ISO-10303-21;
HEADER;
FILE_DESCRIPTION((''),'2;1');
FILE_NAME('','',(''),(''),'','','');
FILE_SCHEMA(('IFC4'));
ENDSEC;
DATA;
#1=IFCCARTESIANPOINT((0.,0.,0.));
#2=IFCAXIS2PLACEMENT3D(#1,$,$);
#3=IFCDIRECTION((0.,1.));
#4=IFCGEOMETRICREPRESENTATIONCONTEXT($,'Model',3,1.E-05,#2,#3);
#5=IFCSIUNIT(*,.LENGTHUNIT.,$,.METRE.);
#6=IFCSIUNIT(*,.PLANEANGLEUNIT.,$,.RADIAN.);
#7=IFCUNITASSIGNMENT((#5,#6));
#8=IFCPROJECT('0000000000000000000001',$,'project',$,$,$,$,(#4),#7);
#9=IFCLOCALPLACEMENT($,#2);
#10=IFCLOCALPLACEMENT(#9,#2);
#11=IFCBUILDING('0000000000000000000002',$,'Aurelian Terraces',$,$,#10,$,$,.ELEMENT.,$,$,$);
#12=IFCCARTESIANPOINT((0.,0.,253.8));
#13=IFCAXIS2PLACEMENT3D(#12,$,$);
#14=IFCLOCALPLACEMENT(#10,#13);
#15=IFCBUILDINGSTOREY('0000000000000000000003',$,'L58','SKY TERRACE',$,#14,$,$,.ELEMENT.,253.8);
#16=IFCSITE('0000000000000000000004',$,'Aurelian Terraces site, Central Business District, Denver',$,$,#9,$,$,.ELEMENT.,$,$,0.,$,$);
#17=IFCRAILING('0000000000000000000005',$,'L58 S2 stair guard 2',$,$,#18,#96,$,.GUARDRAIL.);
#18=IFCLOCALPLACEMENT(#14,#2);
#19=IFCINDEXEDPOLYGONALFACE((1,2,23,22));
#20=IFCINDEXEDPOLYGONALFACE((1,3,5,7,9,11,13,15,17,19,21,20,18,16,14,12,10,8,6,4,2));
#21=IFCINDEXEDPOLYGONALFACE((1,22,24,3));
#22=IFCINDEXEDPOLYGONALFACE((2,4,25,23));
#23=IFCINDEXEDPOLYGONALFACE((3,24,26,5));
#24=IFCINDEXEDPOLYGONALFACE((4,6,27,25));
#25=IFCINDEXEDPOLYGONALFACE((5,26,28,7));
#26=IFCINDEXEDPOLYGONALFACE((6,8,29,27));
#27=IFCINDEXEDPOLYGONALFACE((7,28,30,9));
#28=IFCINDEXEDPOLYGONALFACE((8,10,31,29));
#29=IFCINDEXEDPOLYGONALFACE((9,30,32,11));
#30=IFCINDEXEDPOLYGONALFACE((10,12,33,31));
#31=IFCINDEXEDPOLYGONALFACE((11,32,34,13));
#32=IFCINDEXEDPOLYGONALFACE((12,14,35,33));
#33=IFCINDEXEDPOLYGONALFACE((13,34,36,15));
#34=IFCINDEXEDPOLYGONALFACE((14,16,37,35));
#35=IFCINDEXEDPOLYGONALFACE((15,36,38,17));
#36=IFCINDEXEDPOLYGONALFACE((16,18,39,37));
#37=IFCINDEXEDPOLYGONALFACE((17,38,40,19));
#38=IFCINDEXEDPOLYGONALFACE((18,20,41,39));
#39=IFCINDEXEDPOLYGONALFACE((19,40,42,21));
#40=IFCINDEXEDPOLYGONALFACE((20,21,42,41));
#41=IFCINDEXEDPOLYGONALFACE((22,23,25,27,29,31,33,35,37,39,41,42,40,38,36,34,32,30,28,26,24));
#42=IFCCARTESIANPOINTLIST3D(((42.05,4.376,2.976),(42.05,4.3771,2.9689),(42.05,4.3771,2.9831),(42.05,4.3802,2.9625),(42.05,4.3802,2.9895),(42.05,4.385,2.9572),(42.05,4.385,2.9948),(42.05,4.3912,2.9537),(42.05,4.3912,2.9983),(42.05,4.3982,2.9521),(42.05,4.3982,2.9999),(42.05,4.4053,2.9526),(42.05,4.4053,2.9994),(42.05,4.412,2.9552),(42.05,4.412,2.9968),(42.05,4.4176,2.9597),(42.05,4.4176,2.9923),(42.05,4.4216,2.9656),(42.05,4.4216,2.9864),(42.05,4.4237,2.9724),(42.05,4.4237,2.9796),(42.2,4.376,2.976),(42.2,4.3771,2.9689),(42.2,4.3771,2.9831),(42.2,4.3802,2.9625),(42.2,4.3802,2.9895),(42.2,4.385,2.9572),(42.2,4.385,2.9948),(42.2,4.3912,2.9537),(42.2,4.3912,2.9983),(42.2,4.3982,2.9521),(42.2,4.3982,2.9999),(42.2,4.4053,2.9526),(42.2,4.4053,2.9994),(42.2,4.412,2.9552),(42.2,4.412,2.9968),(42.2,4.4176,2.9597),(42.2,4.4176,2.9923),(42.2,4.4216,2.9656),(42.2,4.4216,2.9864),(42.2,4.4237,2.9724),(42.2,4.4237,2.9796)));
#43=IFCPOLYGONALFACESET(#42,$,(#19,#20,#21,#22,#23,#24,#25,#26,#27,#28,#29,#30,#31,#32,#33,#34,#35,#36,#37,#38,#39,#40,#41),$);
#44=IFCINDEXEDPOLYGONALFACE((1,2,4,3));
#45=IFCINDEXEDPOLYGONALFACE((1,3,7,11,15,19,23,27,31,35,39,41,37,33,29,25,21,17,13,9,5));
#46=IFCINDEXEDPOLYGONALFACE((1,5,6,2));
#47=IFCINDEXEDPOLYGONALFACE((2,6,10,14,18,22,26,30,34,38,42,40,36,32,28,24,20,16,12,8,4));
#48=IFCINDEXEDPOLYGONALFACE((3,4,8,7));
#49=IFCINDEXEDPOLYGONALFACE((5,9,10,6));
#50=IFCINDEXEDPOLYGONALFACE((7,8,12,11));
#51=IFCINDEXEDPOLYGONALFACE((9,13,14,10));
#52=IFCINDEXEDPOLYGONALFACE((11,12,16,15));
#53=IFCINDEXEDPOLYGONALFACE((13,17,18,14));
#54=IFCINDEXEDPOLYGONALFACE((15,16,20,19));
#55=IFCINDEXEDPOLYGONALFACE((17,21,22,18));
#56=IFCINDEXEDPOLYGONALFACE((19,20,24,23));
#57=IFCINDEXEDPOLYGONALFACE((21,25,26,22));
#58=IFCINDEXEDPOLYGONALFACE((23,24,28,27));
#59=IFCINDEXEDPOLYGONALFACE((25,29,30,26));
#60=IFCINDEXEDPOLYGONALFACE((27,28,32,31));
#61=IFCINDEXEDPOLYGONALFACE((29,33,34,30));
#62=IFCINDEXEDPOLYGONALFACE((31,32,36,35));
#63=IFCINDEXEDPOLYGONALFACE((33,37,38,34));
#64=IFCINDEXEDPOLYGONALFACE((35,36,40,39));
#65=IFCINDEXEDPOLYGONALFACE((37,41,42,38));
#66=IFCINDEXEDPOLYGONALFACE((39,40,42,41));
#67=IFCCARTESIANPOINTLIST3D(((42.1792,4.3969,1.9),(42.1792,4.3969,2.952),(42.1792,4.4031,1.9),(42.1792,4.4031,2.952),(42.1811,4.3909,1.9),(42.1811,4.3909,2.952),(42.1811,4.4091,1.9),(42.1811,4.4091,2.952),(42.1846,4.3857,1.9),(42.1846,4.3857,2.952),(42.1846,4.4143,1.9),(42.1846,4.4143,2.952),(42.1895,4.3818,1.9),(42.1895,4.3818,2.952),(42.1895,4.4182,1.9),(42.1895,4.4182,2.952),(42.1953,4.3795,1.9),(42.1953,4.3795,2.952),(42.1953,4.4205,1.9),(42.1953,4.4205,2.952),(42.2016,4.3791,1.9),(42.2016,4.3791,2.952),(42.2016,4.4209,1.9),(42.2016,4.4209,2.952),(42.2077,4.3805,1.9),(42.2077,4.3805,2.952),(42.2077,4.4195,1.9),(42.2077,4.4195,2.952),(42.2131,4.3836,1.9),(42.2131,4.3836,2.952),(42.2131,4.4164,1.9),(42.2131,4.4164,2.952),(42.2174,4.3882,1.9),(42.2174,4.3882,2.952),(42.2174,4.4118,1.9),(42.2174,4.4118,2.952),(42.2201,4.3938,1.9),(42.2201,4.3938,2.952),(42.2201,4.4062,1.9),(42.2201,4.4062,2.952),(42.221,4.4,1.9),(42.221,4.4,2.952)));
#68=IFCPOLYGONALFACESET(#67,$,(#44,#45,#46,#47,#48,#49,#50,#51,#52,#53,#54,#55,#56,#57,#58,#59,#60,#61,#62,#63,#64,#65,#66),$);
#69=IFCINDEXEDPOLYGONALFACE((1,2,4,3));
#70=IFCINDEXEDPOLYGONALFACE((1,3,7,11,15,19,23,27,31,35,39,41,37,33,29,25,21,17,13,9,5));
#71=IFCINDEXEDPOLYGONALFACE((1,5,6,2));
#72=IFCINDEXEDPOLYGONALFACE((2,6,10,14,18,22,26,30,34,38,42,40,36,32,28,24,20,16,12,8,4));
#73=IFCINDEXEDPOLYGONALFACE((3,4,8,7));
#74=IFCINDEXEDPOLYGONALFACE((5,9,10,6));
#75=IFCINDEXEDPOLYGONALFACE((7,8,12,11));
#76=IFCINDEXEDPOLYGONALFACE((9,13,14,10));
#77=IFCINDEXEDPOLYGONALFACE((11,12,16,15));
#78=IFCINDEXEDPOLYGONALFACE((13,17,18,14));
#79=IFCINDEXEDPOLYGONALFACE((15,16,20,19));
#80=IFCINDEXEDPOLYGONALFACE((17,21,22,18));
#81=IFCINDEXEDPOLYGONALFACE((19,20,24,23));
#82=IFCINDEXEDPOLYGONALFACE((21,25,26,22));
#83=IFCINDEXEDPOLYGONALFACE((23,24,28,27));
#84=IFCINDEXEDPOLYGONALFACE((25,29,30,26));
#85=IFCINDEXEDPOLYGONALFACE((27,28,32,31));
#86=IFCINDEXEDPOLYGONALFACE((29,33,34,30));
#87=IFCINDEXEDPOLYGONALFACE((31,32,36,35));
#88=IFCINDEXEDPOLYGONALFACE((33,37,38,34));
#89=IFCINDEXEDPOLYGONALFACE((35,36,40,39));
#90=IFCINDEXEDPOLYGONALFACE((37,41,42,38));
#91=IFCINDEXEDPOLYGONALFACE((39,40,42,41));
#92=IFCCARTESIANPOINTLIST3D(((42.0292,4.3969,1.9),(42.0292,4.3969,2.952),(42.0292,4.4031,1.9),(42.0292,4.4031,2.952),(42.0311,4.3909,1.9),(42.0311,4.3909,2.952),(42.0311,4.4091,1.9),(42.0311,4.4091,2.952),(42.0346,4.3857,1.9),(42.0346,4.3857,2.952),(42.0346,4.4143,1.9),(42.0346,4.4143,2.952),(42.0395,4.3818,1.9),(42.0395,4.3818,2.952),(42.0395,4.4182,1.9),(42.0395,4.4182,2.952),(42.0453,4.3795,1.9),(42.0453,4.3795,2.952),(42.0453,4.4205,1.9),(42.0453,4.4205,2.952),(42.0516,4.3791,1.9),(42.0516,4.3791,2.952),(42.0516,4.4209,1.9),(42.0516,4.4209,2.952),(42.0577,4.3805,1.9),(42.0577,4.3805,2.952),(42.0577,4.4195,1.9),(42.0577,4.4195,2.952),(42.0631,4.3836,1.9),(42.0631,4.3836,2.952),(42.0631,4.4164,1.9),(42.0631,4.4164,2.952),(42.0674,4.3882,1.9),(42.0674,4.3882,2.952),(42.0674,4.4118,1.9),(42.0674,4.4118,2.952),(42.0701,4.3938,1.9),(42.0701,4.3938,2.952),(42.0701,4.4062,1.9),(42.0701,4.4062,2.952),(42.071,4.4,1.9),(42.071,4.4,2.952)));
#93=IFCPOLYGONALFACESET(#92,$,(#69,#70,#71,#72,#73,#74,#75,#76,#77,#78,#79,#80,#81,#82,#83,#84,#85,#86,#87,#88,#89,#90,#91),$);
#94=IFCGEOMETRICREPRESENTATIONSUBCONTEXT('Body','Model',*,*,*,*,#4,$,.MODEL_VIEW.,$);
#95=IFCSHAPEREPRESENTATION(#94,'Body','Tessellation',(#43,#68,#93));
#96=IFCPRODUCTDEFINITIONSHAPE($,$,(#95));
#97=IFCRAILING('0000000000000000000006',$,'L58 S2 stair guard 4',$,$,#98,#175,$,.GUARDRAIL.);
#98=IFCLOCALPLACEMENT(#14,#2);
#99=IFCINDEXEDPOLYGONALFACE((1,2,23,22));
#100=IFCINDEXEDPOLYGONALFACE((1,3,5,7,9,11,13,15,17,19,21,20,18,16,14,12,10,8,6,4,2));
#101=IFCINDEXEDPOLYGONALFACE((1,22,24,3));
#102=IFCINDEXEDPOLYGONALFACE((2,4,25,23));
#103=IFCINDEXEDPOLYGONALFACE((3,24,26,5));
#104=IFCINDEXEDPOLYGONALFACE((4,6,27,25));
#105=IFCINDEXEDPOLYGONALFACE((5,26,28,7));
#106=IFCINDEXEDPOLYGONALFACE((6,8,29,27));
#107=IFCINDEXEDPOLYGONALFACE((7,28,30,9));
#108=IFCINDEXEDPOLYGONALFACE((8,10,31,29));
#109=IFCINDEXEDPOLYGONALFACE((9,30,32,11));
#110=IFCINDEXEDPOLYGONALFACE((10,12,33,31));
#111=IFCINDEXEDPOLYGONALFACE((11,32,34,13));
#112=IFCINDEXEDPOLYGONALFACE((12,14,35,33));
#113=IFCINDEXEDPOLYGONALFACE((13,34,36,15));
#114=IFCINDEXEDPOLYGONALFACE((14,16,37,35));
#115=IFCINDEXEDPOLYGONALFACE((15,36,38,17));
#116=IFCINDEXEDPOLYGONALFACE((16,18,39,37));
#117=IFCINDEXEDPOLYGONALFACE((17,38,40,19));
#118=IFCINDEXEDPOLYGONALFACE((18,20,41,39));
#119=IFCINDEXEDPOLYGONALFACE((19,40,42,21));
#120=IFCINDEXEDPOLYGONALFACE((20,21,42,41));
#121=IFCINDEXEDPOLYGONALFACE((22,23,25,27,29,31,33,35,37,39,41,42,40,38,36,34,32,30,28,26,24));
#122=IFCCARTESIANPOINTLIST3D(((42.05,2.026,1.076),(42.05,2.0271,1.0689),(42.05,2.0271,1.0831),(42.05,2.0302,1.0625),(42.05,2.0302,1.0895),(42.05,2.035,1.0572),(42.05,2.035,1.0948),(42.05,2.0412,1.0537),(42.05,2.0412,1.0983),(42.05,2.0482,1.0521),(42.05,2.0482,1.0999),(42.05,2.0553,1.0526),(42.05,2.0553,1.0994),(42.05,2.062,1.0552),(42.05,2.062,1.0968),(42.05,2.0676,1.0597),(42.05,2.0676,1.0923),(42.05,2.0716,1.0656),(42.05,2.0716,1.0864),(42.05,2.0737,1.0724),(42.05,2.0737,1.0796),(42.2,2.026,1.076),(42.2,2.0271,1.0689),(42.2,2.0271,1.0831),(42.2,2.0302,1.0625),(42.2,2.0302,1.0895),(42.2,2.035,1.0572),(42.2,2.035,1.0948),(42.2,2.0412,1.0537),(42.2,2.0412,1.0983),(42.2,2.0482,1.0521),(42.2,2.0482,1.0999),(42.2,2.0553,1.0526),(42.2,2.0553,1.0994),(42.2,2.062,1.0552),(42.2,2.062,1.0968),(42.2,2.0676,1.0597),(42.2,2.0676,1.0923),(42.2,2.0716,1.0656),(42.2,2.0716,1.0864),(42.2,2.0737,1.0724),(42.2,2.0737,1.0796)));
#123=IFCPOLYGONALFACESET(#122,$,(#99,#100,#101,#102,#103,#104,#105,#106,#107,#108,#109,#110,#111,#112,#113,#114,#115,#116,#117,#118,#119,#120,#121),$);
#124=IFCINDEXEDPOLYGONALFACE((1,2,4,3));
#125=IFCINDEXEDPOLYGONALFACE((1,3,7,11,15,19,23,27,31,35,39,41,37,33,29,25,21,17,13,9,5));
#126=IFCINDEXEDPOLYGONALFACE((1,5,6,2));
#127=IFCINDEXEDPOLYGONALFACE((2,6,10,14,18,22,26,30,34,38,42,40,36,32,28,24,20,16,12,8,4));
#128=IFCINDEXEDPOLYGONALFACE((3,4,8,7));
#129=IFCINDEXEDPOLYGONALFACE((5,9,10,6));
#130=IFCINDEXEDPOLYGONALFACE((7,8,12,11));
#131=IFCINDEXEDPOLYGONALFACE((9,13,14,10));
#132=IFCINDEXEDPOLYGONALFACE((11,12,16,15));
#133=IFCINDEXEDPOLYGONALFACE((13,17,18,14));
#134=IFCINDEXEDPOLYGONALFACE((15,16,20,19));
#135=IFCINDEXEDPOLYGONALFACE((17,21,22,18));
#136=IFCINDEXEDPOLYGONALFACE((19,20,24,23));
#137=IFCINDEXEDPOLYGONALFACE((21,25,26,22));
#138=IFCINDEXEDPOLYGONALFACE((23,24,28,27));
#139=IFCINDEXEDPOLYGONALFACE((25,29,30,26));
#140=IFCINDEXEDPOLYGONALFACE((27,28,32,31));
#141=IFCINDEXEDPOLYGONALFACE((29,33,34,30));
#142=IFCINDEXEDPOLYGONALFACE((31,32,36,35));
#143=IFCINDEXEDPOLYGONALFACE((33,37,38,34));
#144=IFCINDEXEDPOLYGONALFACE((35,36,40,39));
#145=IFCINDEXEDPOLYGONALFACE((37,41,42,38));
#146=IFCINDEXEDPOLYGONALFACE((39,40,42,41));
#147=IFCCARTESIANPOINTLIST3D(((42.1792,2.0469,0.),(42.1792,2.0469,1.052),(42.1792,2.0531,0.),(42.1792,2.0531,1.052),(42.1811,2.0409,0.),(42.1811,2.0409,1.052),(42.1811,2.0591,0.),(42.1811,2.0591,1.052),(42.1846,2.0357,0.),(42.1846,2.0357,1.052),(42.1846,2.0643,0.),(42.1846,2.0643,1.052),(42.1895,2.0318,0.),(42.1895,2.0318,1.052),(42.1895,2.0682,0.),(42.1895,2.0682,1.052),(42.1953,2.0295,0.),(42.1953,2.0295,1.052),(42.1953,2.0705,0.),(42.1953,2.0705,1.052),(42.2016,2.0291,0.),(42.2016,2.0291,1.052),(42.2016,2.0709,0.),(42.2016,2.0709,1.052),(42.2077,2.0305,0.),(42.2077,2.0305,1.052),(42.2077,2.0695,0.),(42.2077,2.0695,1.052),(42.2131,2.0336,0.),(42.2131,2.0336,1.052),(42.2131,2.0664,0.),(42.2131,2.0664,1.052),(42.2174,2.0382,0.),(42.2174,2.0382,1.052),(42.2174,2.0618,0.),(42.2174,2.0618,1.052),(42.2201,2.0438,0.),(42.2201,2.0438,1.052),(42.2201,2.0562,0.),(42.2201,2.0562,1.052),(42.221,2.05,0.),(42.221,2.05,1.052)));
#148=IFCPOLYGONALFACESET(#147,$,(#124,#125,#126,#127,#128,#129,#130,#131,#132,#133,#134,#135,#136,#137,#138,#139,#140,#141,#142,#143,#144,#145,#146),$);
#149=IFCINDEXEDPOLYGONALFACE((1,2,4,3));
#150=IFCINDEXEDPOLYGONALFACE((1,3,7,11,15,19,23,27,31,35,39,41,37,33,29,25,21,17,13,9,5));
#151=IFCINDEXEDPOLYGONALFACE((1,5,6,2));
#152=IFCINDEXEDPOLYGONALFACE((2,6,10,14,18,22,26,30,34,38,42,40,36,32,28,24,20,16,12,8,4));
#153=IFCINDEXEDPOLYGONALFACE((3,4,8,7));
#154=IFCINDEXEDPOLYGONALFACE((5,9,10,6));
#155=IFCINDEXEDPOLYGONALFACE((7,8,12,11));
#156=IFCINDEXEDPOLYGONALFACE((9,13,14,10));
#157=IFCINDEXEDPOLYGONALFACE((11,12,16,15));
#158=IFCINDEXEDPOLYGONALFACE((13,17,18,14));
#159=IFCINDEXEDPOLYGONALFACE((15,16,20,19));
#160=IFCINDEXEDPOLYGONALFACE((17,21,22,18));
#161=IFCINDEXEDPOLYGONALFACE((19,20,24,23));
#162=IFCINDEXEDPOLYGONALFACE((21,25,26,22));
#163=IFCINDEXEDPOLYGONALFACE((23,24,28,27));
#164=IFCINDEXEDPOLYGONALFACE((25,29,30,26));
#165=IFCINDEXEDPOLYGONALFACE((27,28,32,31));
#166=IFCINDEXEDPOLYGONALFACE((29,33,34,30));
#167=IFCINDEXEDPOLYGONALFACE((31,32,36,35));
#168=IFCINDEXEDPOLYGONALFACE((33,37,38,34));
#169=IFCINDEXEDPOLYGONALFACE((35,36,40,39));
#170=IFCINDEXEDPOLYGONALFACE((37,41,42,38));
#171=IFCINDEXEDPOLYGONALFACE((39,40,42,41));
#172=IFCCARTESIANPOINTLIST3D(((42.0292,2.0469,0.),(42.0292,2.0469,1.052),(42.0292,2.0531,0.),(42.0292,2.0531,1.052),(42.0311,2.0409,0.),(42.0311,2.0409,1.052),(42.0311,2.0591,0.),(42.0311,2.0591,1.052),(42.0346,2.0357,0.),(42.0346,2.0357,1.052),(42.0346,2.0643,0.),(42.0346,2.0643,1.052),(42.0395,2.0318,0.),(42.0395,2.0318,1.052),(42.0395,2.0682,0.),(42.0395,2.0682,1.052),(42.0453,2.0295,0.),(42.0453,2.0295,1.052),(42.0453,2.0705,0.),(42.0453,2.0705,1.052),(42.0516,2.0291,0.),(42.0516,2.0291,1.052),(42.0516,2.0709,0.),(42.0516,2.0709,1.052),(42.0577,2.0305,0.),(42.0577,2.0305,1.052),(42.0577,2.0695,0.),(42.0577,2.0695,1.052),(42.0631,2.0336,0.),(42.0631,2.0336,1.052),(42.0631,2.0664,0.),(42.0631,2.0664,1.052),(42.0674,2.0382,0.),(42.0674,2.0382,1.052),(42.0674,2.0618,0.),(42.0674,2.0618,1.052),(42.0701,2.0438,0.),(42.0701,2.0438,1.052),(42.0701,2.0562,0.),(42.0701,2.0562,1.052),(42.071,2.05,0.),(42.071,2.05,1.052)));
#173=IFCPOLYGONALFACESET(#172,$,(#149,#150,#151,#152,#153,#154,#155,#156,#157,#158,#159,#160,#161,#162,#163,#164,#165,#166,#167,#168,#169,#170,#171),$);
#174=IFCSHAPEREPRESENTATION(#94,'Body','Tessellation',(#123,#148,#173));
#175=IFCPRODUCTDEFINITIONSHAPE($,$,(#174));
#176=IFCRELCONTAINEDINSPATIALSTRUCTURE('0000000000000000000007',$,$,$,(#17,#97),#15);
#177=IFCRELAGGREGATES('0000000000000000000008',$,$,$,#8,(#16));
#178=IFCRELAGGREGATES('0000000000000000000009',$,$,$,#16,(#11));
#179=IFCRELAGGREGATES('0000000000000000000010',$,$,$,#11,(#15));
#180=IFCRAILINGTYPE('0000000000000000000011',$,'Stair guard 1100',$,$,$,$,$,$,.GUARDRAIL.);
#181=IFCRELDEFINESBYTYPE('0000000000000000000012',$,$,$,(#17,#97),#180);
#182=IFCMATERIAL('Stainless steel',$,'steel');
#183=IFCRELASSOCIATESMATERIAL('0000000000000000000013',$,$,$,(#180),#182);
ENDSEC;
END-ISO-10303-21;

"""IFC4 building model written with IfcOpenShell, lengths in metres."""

from ifc_helpers import new_model, si_unit, direction, frame, origin, origin_2d, place, context, subcontext, project, spatial, circle, extrude, source, transform, mapped, material, type_object, element, save


model = new_model("IFC4")

# Units and contexts
model_context = context("Model", 3, precision=1e-05, world=origin(), true_north=direction((0.0, 1.0)))
body_context = subcontext(model_context, "Body", "Model", "MODEL_VIEW")
ifc_project = project(units=[si_unit("LENGTHUNIT", "METRE"), si_unit("PLANEANGLEUNIT", "RADIAN")], contexts=[model_context])

# Site, building, storey
site_placement = place(None, origin())
site = spatial("IfcSite", under=ifc_project, at=site_placement, Name="Aurelian Terraces site, Central Business District, Denver", CompositionType="ELEMENT", RefElevation=0.0)
building_placement = place(site_placement, origin())
building = spatial("IfcBuilding", under=site, at=building_placement, Name="Aurelian Terraces", CompositionType="ELEMENT")
storey_placement = place(building_placement, frame((0.0, 0.0, 253.8)))
storey = spatial("IfcBuildingStorey", under=building, at=storey_placement, Name="L58", Description="SKY TERRACE", CompositionType="ELEMENT", Elevation=253.8)

# Railings
ifc_material_1 = material(Name="Stainless steel", Category="steel")
railing_type_1 = type_object("IfcRailingType", Name="Stair guard 1100", PredefinedType="GUARDRAIL", material=ifc_material_1)
shared_shape_1 = source(origin(), body_context, "Body", "SweptSolid", [
    extrude(circle(Radius=0.024, at=origin_2d()), frame((0.0, 0.0, 1.076), z_axis=(-1.0, 0.0, 0.0), x_axis=(0.0, -1.0, 0.0)), (0.0, 0.0, 1.0), 0.15),
    extrude(circle(Radius=0.021, at=origin_2d()), origin(), (0.0, 0.0, 1.0), 1.052),
    extrude(circle(Radius=0.021, at=origin_2d()), frame((-0.15, 0.0, 0.0)), (0.0, 0.0, 1.0), 1.052),
])
for number, where, name in (
    (1, (42.2, 4.4, 1.9), "L58 S2 stair guard 2"),
    (2, (42.2, 2.05, 0.0), "L58 S2 stair guard 4"),
):
    element("IfcRailing", number, at=place(storey_placement, frame(where)), inside=storey, type_object=railing_type_1, Name=name, PredefinedType="GUARDRAIL", context=body_context, shape_type="MappedRepresentation", body=[
        mapped(shared_shape_1, transform((0.0, 0.0, 0.0), scale=1.0)),
    ])

save(model, "model.ifc")
